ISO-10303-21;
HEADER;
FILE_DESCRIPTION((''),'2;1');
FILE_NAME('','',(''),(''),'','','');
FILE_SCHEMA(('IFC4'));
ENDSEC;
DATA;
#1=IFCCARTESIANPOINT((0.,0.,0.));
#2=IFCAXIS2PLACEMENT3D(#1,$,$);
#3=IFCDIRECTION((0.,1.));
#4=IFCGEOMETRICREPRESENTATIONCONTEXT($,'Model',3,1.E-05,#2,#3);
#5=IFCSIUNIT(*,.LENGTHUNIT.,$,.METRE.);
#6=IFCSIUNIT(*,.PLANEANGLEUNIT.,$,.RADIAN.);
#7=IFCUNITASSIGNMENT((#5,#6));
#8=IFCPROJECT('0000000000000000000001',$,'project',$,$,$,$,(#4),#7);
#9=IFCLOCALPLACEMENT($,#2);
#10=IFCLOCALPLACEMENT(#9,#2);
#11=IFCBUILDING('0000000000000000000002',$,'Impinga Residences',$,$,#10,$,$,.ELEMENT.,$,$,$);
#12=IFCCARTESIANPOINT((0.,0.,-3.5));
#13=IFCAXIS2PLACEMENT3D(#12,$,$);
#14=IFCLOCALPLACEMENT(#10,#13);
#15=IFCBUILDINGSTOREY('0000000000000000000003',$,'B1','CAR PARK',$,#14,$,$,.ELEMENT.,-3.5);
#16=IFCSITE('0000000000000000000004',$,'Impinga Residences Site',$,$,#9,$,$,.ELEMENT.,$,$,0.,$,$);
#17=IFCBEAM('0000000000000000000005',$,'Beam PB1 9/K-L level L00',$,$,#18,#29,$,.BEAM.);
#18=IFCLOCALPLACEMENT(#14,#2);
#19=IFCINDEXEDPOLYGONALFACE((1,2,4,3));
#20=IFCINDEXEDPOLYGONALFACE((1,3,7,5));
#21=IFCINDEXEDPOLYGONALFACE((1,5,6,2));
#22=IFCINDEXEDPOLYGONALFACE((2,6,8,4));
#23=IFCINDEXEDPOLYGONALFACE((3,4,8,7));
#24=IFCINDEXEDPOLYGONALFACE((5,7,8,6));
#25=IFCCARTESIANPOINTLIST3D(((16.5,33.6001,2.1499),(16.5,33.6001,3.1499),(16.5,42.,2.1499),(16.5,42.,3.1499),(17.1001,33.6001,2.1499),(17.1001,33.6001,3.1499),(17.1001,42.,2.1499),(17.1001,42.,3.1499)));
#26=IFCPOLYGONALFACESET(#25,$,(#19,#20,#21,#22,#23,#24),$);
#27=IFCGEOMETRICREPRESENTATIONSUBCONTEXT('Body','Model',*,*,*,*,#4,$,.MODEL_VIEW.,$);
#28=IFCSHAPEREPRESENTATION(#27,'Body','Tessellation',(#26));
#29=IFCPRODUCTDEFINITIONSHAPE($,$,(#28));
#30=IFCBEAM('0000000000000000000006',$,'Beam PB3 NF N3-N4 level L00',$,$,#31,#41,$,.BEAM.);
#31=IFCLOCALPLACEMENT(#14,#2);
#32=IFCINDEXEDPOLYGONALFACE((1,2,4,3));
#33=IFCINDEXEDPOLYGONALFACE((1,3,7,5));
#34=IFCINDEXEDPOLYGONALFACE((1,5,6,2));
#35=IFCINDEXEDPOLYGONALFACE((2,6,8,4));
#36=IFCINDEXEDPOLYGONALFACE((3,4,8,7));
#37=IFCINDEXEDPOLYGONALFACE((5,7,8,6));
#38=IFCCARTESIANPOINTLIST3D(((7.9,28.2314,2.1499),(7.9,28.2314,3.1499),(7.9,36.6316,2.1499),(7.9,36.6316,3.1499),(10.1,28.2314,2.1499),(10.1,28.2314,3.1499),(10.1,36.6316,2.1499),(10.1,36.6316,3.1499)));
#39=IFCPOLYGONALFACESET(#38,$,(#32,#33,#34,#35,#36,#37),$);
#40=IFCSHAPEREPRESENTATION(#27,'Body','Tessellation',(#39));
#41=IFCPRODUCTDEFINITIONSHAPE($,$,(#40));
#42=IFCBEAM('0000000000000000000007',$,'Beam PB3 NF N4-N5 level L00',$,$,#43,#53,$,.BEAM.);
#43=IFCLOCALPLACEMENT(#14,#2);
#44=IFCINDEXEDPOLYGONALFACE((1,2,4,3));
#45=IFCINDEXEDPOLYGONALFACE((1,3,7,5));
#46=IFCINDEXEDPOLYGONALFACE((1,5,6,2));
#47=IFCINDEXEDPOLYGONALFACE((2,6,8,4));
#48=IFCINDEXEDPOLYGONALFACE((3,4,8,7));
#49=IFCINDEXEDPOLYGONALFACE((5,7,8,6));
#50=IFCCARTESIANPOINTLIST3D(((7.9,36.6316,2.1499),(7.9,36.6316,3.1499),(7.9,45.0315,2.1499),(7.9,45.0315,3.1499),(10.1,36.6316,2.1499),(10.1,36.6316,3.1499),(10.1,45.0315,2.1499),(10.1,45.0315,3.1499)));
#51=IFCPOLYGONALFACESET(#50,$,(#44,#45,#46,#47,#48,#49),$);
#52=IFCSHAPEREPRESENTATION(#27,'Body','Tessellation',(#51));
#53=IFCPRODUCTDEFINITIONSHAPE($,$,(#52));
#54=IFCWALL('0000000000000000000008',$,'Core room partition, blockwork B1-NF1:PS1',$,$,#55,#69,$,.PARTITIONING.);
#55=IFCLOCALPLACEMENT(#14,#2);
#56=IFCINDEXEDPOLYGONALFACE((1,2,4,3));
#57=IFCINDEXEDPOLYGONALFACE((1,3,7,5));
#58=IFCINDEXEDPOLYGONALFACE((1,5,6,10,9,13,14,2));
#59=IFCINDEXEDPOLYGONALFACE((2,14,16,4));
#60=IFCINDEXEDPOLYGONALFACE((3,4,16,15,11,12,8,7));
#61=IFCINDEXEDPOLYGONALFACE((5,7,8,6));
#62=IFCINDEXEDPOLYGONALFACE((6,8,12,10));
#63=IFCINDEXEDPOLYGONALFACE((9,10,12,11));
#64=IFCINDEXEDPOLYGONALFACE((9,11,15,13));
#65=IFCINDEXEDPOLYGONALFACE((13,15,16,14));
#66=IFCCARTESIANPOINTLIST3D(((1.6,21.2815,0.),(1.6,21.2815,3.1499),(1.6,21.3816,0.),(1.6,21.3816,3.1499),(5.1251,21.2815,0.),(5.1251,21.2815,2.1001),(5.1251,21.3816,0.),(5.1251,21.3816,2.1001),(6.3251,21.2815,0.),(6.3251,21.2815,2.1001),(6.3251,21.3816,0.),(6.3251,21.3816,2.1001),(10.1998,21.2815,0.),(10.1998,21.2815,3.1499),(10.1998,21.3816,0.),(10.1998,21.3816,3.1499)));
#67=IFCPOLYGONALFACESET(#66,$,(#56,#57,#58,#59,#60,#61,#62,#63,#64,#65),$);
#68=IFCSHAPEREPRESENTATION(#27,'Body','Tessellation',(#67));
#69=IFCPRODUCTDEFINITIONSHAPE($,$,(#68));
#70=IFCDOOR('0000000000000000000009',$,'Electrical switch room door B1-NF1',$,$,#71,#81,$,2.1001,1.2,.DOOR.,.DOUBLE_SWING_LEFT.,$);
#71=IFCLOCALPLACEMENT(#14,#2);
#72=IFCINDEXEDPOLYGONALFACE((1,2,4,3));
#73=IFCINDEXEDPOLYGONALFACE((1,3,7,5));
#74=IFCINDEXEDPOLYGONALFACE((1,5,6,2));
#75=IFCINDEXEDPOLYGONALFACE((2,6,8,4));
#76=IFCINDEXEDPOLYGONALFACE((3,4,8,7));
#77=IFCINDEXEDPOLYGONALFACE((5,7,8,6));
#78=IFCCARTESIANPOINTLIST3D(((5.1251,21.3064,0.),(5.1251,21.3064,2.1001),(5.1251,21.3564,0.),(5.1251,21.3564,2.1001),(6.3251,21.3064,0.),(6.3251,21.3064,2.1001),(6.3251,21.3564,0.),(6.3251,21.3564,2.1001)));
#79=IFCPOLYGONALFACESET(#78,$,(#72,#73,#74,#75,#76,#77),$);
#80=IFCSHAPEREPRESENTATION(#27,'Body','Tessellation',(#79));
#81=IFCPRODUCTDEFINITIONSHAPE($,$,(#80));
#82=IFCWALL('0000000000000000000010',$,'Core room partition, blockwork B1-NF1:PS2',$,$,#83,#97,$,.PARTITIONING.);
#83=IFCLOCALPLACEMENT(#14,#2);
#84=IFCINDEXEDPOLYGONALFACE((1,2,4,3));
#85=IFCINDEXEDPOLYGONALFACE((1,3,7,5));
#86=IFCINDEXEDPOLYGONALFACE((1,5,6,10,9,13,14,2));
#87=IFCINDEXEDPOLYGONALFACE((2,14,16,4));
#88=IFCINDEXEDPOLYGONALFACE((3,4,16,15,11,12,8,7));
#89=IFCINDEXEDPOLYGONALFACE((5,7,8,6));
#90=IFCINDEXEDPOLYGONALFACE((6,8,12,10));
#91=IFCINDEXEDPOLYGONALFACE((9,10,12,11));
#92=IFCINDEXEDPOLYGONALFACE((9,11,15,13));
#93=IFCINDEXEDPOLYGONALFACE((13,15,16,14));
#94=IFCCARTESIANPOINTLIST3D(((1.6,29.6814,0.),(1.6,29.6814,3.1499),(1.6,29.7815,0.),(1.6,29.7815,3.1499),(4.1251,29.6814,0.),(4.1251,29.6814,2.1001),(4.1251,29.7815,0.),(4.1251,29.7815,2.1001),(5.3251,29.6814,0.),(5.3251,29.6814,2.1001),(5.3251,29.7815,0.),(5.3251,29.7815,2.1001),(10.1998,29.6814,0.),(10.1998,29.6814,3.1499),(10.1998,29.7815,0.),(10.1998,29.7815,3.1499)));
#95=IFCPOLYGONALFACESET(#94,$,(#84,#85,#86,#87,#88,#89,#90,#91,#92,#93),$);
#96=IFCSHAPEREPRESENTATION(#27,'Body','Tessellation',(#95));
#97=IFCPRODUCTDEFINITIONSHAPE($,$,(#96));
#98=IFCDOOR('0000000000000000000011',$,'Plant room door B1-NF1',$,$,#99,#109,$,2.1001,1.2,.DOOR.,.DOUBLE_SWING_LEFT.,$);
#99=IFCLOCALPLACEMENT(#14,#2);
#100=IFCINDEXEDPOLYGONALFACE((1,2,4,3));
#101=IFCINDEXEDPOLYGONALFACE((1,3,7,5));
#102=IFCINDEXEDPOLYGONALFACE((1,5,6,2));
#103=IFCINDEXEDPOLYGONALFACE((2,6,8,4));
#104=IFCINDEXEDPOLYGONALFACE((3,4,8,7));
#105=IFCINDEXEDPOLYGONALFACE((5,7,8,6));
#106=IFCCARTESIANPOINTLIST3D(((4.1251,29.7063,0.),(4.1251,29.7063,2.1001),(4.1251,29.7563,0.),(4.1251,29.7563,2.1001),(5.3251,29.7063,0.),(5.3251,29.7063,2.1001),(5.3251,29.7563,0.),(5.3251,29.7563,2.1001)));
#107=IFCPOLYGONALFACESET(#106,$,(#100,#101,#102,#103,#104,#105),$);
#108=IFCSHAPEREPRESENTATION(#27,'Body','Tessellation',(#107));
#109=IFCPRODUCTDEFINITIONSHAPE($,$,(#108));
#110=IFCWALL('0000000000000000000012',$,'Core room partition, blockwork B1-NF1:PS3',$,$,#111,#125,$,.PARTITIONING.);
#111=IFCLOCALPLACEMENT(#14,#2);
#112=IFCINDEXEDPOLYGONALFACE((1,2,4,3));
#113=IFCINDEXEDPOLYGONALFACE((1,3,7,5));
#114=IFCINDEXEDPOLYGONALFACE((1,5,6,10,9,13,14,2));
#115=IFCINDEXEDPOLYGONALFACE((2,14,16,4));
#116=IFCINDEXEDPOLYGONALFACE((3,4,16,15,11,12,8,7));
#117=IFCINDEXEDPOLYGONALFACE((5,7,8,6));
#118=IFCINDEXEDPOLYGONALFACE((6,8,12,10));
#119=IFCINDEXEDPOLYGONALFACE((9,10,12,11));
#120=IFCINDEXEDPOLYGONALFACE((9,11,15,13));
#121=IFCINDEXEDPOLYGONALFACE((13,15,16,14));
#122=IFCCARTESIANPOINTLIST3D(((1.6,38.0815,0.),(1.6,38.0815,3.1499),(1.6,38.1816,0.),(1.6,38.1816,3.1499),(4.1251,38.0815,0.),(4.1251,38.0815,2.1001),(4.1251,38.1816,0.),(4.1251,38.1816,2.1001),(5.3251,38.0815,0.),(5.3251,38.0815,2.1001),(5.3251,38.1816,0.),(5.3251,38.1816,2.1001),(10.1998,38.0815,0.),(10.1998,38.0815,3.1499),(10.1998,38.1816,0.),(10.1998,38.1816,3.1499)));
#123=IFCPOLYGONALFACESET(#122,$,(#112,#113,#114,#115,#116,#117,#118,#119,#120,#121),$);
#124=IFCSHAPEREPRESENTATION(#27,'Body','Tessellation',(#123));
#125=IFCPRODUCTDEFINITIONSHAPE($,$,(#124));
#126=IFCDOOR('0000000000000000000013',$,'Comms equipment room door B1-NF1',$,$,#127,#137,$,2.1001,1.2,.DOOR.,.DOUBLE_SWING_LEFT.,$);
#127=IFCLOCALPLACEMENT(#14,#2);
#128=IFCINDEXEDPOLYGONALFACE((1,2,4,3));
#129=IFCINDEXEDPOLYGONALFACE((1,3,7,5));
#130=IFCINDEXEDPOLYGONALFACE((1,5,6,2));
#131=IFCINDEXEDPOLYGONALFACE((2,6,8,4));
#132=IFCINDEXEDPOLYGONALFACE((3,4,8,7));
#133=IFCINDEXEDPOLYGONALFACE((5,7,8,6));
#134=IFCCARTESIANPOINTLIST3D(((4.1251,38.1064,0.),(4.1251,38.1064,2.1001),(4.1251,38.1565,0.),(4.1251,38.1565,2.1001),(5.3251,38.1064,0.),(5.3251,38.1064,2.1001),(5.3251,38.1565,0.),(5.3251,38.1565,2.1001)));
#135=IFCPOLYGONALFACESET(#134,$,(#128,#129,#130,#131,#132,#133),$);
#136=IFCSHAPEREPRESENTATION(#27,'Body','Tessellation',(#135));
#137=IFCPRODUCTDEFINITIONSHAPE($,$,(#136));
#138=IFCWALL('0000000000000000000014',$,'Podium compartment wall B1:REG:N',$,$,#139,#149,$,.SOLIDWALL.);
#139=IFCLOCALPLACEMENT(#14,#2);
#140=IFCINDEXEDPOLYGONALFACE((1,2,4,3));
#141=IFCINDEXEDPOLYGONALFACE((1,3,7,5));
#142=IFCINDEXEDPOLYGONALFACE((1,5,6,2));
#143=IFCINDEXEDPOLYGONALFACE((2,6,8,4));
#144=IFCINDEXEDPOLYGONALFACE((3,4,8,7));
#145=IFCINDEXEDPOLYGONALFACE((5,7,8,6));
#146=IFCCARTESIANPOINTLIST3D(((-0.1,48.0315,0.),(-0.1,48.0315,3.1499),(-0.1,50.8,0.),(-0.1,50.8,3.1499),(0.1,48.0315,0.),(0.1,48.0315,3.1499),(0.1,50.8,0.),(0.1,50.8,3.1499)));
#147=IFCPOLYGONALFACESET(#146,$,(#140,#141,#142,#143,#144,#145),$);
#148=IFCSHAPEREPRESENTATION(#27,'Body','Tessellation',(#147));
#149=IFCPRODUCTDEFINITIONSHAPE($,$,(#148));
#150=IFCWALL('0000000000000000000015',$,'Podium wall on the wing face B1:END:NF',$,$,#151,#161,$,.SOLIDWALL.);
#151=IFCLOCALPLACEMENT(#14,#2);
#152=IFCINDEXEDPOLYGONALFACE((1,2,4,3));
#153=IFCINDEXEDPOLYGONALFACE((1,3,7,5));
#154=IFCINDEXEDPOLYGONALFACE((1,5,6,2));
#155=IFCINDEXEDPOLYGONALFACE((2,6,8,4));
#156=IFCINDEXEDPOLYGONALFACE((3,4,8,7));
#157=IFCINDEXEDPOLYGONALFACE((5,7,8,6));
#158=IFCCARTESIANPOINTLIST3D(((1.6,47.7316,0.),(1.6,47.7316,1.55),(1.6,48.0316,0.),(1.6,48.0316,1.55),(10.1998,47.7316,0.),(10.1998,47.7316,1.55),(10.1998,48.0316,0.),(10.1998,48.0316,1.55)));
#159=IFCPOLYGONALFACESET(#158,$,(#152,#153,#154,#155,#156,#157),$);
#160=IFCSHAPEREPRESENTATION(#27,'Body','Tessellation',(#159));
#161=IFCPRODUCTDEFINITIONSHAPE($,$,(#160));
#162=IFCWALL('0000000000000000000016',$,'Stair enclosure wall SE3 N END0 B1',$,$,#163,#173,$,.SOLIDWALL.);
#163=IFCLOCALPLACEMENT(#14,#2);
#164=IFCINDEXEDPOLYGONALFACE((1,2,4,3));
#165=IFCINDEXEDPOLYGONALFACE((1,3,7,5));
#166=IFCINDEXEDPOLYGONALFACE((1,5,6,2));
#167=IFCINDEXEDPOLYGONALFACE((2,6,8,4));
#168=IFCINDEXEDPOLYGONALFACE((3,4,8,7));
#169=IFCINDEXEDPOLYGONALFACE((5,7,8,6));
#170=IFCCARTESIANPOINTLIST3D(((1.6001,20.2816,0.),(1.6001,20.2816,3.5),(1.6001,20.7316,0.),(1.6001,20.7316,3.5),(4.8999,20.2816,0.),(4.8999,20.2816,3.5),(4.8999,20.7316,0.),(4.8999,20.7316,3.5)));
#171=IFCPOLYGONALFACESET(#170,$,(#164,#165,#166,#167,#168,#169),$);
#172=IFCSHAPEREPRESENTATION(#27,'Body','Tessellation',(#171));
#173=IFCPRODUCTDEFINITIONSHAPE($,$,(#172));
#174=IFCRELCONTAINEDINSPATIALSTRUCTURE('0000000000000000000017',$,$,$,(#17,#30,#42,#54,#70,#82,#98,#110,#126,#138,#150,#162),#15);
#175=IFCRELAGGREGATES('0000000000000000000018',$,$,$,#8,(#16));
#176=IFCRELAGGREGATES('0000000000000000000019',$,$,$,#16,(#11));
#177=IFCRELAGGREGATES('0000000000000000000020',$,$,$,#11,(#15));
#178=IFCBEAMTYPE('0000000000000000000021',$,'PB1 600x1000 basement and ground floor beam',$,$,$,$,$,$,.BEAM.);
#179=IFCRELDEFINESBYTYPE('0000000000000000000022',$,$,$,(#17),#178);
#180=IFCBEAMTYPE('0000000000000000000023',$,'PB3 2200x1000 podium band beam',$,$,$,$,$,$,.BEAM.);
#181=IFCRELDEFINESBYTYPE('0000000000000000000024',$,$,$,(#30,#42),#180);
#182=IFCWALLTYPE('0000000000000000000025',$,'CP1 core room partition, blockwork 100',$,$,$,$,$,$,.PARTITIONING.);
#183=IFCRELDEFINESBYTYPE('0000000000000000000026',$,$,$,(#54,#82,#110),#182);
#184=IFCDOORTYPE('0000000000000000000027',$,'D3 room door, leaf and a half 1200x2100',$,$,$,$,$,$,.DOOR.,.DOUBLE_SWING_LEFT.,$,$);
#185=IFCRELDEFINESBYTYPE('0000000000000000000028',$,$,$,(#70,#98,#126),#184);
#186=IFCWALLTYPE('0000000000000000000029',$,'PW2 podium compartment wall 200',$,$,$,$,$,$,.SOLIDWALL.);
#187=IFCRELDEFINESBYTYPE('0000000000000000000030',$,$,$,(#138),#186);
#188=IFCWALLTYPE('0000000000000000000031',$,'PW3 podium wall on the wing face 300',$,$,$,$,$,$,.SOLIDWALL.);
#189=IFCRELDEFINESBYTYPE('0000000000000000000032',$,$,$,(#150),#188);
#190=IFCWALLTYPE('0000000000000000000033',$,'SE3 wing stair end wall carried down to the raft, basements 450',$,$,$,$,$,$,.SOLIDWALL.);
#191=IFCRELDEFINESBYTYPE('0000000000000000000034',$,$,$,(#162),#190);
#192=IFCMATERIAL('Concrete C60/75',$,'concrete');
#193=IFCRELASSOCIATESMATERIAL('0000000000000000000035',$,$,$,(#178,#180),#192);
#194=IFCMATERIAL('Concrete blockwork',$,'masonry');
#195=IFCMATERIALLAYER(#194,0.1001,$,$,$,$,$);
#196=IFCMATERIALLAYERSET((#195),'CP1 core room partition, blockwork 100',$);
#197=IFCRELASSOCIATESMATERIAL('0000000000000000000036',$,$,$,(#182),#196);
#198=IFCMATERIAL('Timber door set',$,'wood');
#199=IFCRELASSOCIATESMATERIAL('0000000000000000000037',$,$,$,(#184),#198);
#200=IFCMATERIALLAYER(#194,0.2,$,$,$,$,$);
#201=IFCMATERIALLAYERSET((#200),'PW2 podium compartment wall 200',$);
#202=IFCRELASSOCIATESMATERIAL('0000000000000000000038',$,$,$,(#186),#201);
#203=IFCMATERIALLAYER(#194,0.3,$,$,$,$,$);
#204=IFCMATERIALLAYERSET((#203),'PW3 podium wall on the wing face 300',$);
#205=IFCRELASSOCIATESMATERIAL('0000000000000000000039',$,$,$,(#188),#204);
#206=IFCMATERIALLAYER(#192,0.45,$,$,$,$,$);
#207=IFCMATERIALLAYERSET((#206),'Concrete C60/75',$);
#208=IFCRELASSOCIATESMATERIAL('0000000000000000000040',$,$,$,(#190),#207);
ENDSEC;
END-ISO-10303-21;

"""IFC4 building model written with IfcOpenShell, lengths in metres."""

from ifc_helpers import new_model, si_unit, direction, frame, frame_2d, origin, origin_2d, place, context, subcontext, project, spatial, rectangle, extrude, material, layer, layer_set, material_profile, profile_set, type_object, element, fill, save


model = new_model("IFC4")

# Units and contexts
model_context = context("Model", 3, precision=1e-05, world=origin(), true_north=direction((0.0, 1.0)))
body_context = subcontext(model_context, "Body", "Model", "MODEL_VIEW")
ifc_project = project(units=[si_unit("LENGTHUNIT", "METRE"), si_unit("PLANEANGLEUNIT", "RADIAN")], contexts=[model_context])

# Site, building, storey
site_placement = place(None, origin())
site = spatial("IfcSite", under=ifc_project, at=site_placement, Name="Impinga Residences Site", CompositionType="ELEMENT", RefElevation=0.0)
building_placement = place(site_placement, origin())
building = spatial("IfcBuilding", under=site, at=building_placement, Name="Impinga Residences", CompositionType="ELEMENT")
storey_placement = place(building_placement, frame((0.0, 0.0, -3.5)))
storey = spatial("IfcBuildingStorey", under=building, at=storey_placement, Name="B1", Description="CAR PARK", CompositionType="ELEMENT", Elevation=-3.5)

# Beams
ifc_material_1 = material(Name="Concrete C60/75", Category="concrete")
ifc_material_profile_1 = material_profile(ifc_material_1, rectangle(XDim=0.6001, YDim=1.0, at=origin_2d()), Name="RC 600x1000")
ifc_profile_set_1 = profile_set([ifc_material_profile_1], Name="Concrete C60/75")
beam_type_1 = type_object("IfcBeamType", Name="PB1 600x1000 basement and ground floor beam", PredefinedType="BEAM", material=ifc_profile_set_1)
beam_1_placement = place(storey_placement, frame((16.8, 33.6001, 2.6499), z_axis=(0.0, 1.0, 0.0), x_axis=(-1.0, 0.0, 0.0)))
element("IfcBeam", 1, at=beam_1_placement, inside=storey, type_object=beam_type_1, Name="Beam PB1 9/K-L level L00", PredefinedType="BEAM", context=body_context, shape_type="SweptSolid", body=[
    extrude(rectangle(XDim=0.6001, YDim=1.0, at=origin_2d()), origin(), (0.0, 0.0, 1.0), 8.3999),
])
ifc_material_profile_2 = material_profile(ifc_material_1, rectangle(XDim=2.2, YDim=1.0, at=origin_2d()), Name="RC 2200x1000")
ifc_profile_set_2 = profile_set([ifc_material_profile_2], Name="Concrete C60/75")
beam_type_2 = type_object("IfcBeamType", Name="PB3 2200x1000 podium band beam", PredefinedType="BEAM", material=ifc_profile_set_2)
beam_2_placement = place(storey_placement, frame((9.0, 28.2314, 2.6499), z_axis=(0.0, 1.0, 0.0), x_axis=(-1.0, 0.0, 0.0)))
element("IfcBeam", 2, at=beam_2_placement, inside=storey, type_object=beam_type_2, Name="Beam PB3 NF N3-N4 level L00", PredefinedType="BEAM", context=body_context, shape_type="SweptSolid", body=[
    extrude(rectangle(XDim=2.2, YDim=1.0, at=origin_2d()), origin(), (0.0, 0.0, 1.0), 8.4001),
])
beam_3_placement = place(storey_placement, frame((9.0, 36.6316, 2.6499), z_axis=(0.0, 1.0, 0.0), x_axis=(-1.0, 0.0, 0.0)))
element("IfcBeam", 3, at=beam_3_placement, inside=storey, type_object=beam_type_2, Name="Beam PB3 NF N4-N5 level L00", PredefinedType="BEAM", context=body_context, shape_type="SweptSolid", body=[
    extrude(rectangle(XDim=2.2, YDim=1.0, at=origin_2d()), origin(), (0.0, 0.0, 1.0), 8.3999),
])

# Walls, openings, doors
ifc_material_2 = material(Name="Concrete blockwork", Category="masonry")
ifc_layer_1 = layer(ifc_material_2, 0.1001)
ifc_layer_set_1 = layer_set([ifc_layer_1], Name="CP1 core room partition, blockwork 100")
wall_type_1 = type_object("IfcWallType", Name="CP1 core room partition, blockwork 100", PredefinedType="PARTITIONING", material=ifc_layer_set_1)
wall_1_placement = place(storey_placement, frame((1.6001, 21.3315, 0.0), z_axis=(0.0, 0.0, 1.0), x_axis=(1.0, 0.0, 0.0)))
wall_1 = element("IfcWall", 4, at=wall_1_placement, inside=storey, type_object=wall_type_1, Name="Core room partition, blockwork B1-NF1:PS1", PredefinedType="PARTITIONING", context=body_context, shape_type="SweptSolid", body=[
    extrude(rectangle(XDim=8.5999, YDim=0.1001, at=frame_2d((4.2998, 0.0))), origin(), (0.0, 0.0, 1.0), 3.1499),
])
opening_1_placement = place(wall_1_placement, frame((3.5249, 0.0, 0.0)))
opening_1 = element("IfcOpeningElement", 5, at=opening_1_placement, cuts=wall_1, PredefinedType="OPENING", context=body_context, shape_type="SweptSolid", body=[
    extrude(rectangle(XDim=1.2, YDim=2.1001, at=frame_2d((0.6001, 1.05))), frame((0.0, 0.0601, 0.0), z_axis=(0.0, -1.0, 0.0), x_axis=(1.0, 0.0, 0.0)), (0.0, 0.0, 1.0), 0.1201),
])
ifc_material_3 = material(Name="Timber door set", Category="wood")
door_type = type_object("IfcDoorType", Name="D3 room door, leaf and a half 1200x2100", OperationType="DOUBLE_SWING_LEFT", PredefinedType="DOOR", material=ifc_material_3)
door_1_placement = place(opening_1_placement, origin())
door_1 = element("IfcDoor", 6, at=door_1_placement, inside=storey, type_object=door_type, Name="Electrical switch room door B1-NF1", OperationType="DOUBLE_SWING_LEFT", OverallHeight=2.1001, OverallWidth=1.2, PredefinedType="DOOR", context=body_context, shape_type="SweptSolid", body=[
    extrude(rectangle(XDim=1.2, YDim=2.1001, at=frame_2d((0.6001, 1.05))), frame((0.0, 0.0249, 0.0), z_axis=(0.0, -1.0, 0.0), x_axis=(1.0, 0.0, 0.0)), (0.0, 0.0, 1.0), 0.05),
])
fill(opening_1, door_1)
wall_2_placement = place(storey_placement, frame((1.6001, 29.7314, 0.0), z_axis=(0.0, 0.0, 1.0), x_axis=(1.0, 0.0, 0.0)))
wall_2 = element("IfcWall", 7, at=wall_2_placement, inside=storey, type_object=wall_type_1, Name="Core room partition, blockwork B1-NF1:PS2", PredefinedType="PARTITIONING", context=body_context, shape_type="SweptSolid", body=[
    extrude(rectangle(XDim=8.5999, YDim=0.1001, at=frame_2d((4.2998, 0.0))), origin(), (0.0, 0.0, 1.0), 3.1499),
])
opening_2_placement = place(wall_2_placement, frame((2.5249, 0.0, 0.0)))
opening_2 = element("IfcOpeningElement", 8, at=opening_2_placement, cuts=wall_2, PredefinedType="OPENING", context=body_context, shape_type="SweptSolid", body=[
    extrude(rectangle(XDim=1.2, YDim=2.1001, at=frame_2d((0.6001, 1.05))), frame((0.0, 0.0601, 0.0), z_axis=(0.0, -1.0, 0.0), x_axis=(1.0, 0.0, 0.0)), (0.0, 0.0, 1.0), 0.1201),
])
door_2_placement = place(opening_2_placement, origin())
door_2 = element("IfcDoor", 9, at=door_2_placement, inside=storey, type_object=door_type, Name="Plant room door B1-NF1", OperationType="DOUBLE_SWING_LEFT", OverallHeight=2.1001, OverallWidth=1.2, PredefinedType="DOOR", context=body_context, shape_type="SweptSolid", body=[
    extrude(rectangle(XDim=1.2, YDim=2.1001, at=frame_2d((0.6001, 1.05))), frame((0.0, 0.0249, 0.0), z_axis=(0.0, -1.0, 0.0), x_axis=(1.0, 0.0, 0.0)), (0.0, 0.0, 1.0), 0.05),
])
fill(opening_2, door_2)
wall_3_placement = place(storey_placement, frame((1.6001, 38.1316, 0.0), z_axis=(0.0, 0.0, 1.0), x_axis=(1.0, 0.0, 0.0)))
wall_3 = element("IfcWall", 10, at=wall_3_placement, inside=storey, type_object=wall_type_1, Name="Core room partition, blockwork B1-NF1:PS3", PredefinedType="PARTITIONING", context=body_context, shape_type="SweptSolid", body=[
    extrude(rectangle(XDim=8.5999, YDim=0.1001, at=frame_2d((4.2998, 0.0))), origin(), (0.0, 0.0, 1.0), 3.1499),
])
opening_3_placement = place(wall_3_placement, frame((2.5249, 0.0, 0.0)))
opening_3 = element("IfcOpeningElement", 11, at=opening_3_placement, cuts=wall_3, PredefinedType="OPENING", context=body_context, shape_type="SweptSolid", body=[
    extrude(rectangle(XDim=1.2, YDim=2.1001, at=frame_2d((0.6001, 1.05))), frame((0.0, 0.0601, 0.0), z_axis=(0.0, -1.0, 0.0), x_axis=(1.0, 0.0, 0.0)), (0.0, 0.0, 1.0), 0.1201),
])
door_3_placement = place(opening_3_placement, origin())
door_3 = element("IfcDoor", 12, at=door_3_placement, inside=storey, type_object=door_type, Name="Comms equipment room door B1-NF1", OperationType="DOUBLE_SWING_LEFT", OverallHeight=2.1001, OverallWidth=1.2, PredefinedType="DOOR", context=body_context, shape_type="SweptSolid", body=[
    extrude(rectangle(XDim=1.2, YDim=2.1001, at=frame_2d((0.6001, 1.05))), frame((0.0, 0.0249, 0.0), z_axis=(0.0, -1.0, 0.0), x_axis=(1.0, 0.0, 0.0)), (0.0, 0.0, 1.0), 0.05),
])
fill(opening_3, door_3)

# Walls
ifc_layer_2 = layer(ifc_material_2, 0.2)
ifc_layer_set_2 = layer_set([ifc_layer_2], Name="PW2 podium compartment wall 200")
wall_type_2 = type_object("IfcWallType", Name="PW2 podium compartment wall 200", PredefinedType="SOLIDWALL", material=ifc_layer_set_2)
wall_4_placement = place(storey_placement, frame((0.0, 48.0315, 0.0), z_axis=(0.0, 0.0, 1.0), x_axis=(0.0, 1.0, 0.0)))
element("IfcWall", 13, at=wall_4_placement, inside=storey, type_object=wall_type_2, Name="Podium compartment wall B1:REG:N", PredefinedType="SOLIDWALL", context=body_context, shape_type="SweptSolid", body=[
    extrude(rectangle(XDim=2.7686, YDim=0.2, at=frame_2d((1.3843, 0.0))), origin(), (0.0, 0.0, 1.0), 3.1499),
])
ifc_layer_3 = layer(ifc_material_2, 0.3)
ifc_layer_set_3 = layer_set([ifc_layer_3], Name="PW3 podium wall on the wing face 300")
wall_type_3 = type_object("IfcWallType", Name="PW3 podium wall on the wing face 300", PredefinedType="SOLIDWALL", material=ifc_layer_set_3)
wall_5_placement = place(storey_placement, frame((1.6001, 47.8816, 0.0), z_axis=(0.0, 0.0, 1.0), x_axis=(1.0, 0.0, 0.0)))
element("IfcWall", 14, at=wall_5_placement, inside=storey, type_object=wall_type_3, Name="Podium wall on the wing face B1:END:NF", PredefinedType="SOLIDWALL", context=body_context, shape_type="SweptSolid", body=[
    extrude(rectangle(XDim=8.5999, YDim=0.3, at=frame_2d((4.2998, 0.0))), origin(), (0.0, 0.0, 1.0), 1.55),
])
ifc_layer_4 = layer(ifc_material_1, 0.45)
ifc_layer_set_4 = layer_set([ifc_layer_4], Name="Concrete C60/75")
wall_type_4 = type_object("IfcWallType", Name="SE3 wing stair end wall carried down to the raft, basements 450", PredefinedType="SOLIDWALL", material=ifc_layer_set_4)
for number, where, z_axis, x_axis, name in (
    (15, (1.6001, 20.5066, 0.0), (0.0, 0.0, 1.0), (1.0, 0.0, 0.0), "Stair enclosure wall SE3 N END0 B1"),
):
    element("IfcWall", number, at=place(storey_placement, frame(where, z_axis=z_axis, x_axis=x_axis)), inside=storey, type_object=wall_type_4, Name=name, PredefinedType="SOLIDWALL", context=body_context, shape_type="SweptSolid", body=[
        extrude(rectangle(XDim=3.2998, YDim=0.45, at=frame_2d((1.6499, 0.0))), origin(), (0.0, 0.0, 1.0), 3.5),
    ])

save(model, "model.ifc")
